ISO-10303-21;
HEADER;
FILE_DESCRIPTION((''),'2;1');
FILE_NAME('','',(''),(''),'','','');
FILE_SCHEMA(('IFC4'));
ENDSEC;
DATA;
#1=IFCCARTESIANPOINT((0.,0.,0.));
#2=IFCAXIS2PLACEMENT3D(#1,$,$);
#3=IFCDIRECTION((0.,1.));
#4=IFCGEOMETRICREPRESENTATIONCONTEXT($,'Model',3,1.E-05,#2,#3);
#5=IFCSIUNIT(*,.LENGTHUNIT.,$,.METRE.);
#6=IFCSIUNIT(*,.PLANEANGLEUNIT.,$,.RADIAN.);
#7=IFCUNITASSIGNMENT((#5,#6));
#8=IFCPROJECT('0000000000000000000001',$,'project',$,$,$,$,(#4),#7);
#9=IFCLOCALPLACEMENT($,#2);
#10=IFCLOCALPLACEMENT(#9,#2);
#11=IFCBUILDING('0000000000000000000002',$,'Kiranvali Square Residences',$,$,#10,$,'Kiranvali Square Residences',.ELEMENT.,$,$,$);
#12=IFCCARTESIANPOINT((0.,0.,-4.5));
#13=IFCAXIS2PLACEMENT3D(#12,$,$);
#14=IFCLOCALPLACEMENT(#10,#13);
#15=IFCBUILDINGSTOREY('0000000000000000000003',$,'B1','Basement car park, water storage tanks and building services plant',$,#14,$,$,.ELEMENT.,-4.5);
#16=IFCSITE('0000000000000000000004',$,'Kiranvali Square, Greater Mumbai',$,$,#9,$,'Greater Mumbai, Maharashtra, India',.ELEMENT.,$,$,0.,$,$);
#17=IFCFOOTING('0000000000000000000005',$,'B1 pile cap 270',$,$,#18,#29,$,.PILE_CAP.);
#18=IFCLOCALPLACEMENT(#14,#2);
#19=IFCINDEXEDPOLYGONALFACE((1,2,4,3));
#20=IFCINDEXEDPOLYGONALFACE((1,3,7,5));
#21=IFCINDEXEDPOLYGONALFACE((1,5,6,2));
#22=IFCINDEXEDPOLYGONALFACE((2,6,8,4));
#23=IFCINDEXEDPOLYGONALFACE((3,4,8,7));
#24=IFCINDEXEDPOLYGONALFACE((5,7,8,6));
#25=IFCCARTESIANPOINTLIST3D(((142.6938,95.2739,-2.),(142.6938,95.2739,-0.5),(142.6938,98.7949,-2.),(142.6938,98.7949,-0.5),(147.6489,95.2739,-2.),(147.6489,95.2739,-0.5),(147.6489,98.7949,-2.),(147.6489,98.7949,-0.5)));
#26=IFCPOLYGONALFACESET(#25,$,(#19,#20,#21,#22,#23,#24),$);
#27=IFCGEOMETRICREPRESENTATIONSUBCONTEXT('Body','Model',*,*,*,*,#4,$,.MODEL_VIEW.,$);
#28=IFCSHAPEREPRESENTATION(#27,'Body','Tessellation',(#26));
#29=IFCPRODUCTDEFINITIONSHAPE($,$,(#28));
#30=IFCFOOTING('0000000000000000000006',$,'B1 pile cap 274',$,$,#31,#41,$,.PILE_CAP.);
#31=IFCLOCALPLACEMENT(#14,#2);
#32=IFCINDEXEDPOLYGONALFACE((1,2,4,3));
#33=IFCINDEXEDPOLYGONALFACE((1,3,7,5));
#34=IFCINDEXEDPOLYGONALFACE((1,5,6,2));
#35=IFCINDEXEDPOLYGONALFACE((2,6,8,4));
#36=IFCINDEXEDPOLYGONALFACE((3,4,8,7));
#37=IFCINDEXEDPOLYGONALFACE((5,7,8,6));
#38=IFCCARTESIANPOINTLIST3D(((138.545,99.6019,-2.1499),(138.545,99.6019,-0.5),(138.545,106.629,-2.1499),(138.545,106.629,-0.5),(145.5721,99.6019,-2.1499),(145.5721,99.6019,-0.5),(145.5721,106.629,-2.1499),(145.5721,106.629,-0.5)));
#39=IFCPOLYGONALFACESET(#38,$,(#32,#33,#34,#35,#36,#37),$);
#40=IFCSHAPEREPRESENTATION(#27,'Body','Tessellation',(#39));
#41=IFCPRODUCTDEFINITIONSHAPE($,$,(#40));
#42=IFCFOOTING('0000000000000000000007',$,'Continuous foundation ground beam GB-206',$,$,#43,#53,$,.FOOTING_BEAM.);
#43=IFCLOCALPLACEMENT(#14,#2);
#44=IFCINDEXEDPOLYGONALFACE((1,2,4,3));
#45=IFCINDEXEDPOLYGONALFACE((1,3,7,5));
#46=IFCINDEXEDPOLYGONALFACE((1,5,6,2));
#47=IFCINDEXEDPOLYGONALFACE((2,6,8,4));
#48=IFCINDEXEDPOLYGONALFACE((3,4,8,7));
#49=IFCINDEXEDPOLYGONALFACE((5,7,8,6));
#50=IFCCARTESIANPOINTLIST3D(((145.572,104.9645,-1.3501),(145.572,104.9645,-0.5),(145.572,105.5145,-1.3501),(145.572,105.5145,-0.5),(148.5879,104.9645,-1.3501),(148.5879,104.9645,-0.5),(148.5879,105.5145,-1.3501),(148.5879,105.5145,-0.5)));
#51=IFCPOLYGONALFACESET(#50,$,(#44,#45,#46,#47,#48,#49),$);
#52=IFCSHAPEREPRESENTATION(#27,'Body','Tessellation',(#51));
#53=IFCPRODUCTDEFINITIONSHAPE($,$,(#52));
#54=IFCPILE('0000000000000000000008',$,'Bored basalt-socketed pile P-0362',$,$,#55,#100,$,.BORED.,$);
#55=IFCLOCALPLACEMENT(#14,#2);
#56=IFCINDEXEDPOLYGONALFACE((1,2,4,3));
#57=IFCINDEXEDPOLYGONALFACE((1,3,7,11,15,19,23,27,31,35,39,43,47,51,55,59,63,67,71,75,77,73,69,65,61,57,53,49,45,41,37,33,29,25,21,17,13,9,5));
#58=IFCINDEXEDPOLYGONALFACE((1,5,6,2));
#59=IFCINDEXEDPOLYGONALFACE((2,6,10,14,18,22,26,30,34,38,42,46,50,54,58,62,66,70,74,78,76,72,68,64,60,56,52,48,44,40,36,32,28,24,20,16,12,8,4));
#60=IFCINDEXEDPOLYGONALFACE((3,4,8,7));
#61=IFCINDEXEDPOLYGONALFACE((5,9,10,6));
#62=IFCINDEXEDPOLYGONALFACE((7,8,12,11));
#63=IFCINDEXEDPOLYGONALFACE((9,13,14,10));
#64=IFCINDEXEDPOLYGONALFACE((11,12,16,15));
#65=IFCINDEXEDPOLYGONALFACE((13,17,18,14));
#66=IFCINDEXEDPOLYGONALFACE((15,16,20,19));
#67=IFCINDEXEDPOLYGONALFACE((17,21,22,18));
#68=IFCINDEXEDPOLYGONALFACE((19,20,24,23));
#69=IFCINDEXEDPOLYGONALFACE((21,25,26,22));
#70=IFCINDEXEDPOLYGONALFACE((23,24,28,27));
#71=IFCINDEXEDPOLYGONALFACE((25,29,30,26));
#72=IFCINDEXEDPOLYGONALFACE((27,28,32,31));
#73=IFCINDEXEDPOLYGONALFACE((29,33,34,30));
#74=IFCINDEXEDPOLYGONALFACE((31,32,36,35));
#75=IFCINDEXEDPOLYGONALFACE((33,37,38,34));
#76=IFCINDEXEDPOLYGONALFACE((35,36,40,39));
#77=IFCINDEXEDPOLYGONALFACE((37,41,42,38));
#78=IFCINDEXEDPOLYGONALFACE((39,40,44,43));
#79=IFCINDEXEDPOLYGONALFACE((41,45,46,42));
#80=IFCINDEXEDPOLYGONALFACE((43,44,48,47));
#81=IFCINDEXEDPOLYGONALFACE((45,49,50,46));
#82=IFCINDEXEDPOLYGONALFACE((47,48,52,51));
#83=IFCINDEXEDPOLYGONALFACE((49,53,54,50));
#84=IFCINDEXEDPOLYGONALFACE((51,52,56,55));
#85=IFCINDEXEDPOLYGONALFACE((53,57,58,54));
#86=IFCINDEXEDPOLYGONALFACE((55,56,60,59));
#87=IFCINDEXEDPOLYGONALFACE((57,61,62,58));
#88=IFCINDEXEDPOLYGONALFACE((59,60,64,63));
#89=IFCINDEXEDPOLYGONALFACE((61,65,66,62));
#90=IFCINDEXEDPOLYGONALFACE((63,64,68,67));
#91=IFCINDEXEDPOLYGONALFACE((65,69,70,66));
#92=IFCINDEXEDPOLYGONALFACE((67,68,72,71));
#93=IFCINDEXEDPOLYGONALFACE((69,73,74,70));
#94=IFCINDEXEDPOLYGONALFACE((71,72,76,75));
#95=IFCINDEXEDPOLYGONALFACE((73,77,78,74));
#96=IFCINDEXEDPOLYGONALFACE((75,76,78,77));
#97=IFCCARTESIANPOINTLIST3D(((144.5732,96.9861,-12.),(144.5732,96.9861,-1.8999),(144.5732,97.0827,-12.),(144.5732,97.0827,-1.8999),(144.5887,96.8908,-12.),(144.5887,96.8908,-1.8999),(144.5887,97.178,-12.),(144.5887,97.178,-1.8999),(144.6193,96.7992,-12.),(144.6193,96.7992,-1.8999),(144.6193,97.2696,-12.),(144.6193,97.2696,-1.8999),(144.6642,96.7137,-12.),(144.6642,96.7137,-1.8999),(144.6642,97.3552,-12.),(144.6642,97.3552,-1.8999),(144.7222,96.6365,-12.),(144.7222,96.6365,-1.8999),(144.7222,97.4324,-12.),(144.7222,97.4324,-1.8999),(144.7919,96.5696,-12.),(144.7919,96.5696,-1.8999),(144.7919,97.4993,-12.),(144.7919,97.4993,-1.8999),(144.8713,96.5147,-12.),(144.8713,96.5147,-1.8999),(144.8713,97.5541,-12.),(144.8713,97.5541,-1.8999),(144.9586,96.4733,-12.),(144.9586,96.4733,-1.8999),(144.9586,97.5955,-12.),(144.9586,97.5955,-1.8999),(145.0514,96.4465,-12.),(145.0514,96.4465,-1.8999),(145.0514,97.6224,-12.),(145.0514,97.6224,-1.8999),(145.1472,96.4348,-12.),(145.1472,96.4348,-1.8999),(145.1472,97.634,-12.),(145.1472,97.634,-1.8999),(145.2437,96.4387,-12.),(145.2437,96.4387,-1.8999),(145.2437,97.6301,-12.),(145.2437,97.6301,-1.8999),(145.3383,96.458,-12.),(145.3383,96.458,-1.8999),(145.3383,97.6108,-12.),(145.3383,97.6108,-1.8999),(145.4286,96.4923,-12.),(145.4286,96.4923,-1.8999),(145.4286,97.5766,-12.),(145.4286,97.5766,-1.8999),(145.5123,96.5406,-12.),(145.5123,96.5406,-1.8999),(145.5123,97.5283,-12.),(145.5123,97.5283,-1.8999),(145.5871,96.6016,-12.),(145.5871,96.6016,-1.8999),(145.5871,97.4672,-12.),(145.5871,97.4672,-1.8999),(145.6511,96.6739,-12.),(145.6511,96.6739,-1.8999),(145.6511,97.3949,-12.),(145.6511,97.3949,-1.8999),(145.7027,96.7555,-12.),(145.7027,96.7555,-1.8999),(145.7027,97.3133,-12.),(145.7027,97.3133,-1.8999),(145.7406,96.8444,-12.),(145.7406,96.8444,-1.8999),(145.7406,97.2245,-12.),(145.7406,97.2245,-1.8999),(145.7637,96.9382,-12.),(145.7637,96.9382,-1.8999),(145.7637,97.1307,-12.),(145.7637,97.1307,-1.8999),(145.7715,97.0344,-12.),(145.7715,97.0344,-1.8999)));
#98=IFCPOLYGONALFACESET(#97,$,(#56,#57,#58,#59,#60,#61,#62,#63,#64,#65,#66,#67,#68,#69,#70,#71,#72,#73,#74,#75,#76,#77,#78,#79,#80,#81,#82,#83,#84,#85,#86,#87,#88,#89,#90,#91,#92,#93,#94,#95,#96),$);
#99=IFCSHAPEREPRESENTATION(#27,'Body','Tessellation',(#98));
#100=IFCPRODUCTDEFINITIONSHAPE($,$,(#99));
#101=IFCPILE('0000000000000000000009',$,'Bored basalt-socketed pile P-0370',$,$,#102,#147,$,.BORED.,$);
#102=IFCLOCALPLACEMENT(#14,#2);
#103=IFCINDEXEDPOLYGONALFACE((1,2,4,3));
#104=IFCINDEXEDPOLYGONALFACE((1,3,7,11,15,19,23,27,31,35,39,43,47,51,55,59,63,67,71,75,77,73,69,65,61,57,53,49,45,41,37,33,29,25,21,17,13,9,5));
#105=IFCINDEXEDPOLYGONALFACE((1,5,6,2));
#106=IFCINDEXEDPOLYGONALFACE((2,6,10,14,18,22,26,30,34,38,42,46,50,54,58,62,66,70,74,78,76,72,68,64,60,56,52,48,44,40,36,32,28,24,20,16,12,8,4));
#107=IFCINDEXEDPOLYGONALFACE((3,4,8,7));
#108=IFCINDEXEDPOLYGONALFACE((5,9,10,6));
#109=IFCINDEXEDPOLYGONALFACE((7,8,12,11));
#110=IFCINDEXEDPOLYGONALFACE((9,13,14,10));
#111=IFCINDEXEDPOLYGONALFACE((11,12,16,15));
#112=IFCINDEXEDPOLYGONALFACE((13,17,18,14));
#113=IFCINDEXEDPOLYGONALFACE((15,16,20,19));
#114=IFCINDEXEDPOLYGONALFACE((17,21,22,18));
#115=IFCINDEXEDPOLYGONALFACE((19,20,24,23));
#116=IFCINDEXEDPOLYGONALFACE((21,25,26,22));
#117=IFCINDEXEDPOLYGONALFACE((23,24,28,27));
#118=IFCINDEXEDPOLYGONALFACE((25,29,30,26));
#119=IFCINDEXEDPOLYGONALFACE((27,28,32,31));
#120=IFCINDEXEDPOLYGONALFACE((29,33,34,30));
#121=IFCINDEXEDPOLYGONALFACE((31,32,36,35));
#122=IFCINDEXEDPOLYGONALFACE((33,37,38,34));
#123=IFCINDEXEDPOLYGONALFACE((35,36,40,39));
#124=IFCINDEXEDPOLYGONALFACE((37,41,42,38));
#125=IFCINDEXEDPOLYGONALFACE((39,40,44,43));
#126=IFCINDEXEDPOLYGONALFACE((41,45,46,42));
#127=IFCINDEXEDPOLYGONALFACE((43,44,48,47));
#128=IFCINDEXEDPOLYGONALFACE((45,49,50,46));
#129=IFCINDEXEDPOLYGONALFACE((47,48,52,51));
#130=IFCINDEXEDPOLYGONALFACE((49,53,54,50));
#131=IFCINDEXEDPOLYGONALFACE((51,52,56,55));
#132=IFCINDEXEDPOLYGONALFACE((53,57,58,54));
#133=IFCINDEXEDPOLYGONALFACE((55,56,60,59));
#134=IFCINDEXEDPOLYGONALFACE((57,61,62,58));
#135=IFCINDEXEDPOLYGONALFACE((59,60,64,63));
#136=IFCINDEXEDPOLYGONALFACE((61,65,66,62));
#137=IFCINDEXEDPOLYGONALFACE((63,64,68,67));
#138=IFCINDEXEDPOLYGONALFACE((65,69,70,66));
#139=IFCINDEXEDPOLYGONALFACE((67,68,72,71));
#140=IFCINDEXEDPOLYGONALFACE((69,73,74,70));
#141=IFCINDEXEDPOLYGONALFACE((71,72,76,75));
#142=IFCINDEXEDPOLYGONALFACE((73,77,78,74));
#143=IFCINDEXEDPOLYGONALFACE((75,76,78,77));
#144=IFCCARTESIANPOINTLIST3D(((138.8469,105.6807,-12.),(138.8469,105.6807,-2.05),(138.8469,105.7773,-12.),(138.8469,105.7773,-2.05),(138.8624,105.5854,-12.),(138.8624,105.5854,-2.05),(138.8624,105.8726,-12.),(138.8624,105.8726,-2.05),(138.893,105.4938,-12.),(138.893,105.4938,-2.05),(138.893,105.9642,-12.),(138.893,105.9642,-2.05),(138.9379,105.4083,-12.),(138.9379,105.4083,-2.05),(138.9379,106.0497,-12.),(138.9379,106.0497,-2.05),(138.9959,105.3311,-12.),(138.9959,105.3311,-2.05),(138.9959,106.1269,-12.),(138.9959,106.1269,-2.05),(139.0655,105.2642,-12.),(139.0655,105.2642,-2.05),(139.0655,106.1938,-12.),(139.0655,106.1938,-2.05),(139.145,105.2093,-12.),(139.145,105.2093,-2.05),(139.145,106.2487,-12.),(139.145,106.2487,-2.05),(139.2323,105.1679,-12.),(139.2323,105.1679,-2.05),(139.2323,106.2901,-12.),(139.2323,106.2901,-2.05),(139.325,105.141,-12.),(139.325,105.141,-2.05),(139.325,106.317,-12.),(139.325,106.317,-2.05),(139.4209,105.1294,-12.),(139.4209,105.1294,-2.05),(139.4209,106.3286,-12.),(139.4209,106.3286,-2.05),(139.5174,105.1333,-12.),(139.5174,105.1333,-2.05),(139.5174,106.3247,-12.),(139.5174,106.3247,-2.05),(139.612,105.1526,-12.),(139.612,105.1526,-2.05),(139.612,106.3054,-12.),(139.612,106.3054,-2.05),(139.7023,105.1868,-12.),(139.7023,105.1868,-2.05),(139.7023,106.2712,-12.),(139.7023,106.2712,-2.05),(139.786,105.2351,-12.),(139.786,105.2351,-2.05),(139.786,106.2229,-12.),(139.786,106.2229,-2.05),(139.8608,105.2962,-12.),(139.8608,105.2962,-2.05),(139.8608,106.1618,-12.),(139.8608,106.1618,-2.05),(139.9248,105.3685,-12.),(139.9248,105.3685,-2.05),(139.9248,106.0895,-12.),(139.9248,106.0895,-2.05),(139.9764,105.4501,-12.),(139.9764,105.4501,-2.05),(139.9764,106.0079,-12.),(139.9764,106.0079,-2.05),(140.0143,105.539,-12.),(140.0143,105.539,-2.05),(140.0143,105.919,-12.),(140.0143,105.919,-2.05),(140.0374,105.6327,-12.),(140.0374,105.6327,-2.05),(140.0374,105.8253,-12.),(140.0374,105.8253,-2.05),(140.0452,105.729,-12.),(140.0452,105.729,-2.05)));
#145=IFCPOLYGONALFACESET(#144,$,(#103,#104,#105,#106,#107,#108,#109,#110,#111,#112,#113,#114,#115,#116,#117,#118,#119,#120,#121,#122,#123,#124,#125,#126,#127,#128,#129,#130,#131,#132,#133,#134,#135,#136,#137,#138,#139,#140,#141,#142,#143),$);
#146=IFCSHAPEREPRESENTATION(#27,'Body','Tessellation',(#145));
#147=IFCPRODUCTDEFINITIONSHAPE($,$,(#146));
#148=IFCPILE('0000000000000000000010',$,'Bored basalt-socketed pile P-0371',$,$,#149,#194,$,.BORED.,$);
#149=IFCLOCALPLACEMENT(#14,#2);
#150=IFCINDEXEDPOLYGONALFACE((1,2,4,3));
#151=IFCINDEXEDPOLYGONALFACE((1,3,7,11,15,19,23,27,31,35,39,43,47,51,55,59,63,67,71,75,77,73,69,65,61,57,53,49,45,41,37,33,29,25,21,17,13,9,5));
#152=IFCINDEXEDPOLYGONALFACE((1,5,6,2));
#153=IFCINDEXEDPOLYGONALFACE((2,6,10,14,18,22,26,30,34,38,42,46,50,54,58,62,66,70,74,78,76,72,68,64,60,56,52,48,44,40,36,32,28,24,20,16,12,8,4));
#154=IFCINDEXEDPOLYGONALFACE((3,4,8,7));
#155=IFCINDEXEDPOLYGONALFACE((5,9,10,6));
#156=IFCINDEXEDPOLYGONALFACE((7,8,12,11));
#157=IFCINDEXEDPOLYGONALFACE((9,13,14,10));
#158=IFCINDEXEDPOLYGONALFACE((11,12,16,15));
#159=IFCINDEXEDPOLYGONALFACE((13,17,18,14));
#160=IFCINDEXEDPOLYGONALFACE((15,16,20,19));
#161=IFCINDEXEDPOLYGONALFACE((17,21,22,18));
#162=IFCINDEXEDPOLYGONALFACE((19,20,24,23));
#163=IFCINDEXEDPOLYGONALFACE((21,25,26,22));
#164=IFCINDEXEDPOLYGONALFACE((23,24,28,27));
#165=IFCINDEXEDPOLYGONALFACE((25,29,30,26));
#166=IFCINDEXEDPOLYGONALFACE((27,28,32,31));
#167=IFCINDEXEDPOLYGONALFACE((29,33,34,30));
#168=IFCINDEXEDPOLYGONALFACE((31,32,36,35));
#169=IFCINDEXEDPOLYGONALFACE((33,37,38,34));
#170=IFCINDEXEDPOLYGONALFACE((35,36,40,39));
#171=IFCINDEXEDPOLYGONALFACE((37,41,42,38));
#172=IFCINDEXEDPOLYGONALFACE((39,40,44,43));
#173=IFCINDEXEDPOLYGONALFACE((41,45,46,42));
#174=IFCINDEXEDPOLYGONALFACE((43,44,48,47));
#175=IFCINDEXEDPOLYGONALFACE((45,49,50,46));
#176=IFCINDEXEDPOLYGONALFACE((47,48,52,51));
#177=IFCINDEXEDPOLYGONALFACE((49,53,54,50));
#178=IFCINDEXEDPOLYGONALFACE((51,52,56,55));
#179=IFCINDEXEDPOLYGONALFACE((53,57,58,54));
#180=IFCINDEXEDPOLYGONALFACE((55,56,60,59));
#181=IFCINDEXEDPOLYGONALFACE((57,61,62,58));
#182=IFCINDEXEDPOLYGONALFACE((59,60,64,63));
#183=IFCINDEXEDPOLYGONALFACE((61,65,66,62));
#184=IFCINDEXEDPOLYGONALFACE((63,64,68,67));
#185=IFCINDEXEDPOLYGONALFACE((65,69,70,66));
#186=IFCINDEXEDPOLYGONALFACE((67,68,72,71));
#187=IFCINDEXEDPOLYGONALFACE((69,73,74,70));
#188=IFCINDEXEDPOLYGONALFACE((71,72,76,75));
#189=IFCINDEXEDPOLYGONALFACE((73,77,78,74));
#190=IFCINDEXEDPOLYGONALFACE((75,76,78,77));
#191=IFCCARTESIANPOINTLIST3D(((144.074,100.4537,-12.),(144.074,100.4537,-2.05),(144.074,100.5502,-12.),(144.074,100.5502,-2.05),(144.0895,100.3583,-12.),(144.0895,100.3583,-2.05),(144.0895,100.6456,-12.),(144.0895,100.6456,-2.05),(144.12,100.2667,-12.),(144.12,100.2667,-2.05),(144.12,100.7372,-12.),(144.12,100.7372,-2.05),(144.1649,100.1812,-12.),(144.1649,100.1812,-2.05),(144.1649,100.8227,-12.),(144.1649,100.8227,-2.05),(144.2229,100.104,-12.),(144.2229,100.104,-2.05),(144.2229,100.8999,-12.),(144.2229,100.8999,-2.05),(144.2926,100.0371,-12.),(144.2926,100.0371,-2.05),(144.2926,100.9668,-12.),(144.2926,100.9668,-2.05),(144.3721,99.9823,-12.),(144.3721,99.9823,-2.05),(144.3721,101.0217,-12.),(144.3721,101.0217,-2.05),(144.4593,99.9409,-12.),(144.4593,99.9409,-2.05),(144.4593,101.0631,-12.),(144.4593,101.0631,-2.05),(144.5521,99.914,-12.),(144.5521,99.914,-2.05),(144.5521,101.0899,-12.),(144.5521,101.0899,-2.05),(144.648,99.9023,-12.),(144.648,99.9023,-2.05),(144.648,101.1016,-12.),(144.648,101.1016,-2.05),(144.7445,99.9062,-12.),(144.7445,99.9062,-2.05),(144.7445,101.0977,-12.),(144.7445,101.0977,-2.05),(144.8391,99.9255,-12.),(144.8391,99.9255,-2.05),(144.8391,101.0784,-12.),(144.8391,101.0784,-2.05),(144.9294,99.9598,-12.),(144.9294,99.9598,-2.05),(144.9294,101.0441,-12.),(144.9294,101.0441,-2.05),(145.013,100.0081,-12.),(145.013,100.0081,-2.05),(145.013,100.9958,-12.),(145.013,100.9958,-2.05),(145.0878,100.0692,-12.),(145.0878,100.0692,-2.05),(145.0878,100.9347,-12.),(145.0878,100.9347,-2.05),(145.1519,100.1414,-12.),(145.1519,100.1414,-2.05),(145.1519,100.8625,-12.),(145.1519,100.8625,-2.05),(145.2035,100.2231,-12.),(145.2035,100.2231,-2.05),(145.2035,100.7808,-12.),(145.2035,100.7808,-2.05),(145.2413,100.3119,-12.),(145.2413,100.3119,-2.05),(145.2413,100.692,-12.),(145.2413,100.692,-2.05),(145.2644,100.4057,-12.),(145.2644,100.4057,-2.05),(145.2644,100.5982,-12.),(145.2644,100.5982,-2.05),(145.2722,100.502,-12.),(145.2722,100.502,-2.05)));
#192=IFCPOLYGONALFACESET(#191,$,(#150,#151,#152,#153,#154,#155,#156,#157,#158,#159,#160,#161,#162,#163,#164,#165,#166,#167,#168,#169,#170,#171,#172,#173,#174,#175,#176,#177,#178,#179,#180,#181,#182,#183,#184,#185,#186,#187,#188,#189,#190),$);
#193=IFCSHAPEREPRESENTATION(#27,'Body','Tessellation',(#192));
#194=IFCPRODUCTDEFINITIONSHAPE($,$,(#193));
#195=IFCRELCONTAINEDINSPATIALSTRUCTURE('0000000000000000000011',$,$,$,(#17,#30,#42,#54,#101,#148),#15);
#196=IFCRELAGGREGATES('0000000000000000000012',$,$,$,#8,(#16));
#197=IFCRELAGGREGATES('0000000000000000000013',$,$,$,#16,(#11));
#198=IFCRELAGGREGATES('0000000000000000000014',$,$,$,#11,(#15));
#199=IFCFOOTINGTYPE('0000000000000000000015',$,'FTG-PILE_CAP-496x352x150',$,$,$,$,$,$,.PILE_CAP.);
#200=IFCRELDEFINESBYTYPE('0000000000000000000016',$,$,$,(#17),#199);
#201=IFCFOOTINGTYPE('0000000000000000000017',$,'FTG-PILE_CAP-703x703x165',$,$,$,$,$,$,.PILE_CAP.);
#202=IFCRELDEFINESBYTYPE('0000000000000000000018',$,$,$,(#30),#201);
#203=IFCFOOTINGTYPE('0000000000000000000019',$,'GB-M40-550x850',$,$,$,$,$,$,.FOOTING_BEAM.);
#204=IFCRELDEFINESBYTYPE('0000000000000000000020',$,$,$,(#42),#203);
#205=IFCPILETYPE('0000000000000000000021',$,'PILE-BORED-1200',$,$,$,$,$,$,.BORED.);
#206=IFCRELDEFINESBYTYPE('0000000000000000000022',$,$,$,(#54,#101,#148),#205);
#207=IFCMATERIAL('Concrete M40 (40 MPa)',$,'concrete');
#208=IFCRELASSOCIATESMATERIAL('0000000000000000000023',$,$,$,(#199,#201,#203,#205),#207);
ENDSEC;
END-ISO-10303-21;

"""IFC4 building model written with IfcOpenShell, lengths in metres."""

from ifc_helpers import new_model, si_unit, direction, frame, origin, origin_2d, place, context, subcontext, project, spatial, rectangle, circle, extrude, material, material_profile, profile_set, type_object, element, save


model = new_model("IFC4")

# Units and contexts
model_context = context("Model", 3, precision=1e-05, world=origin(), true_north=direction((0.0, 1.0)))
body_context = subcontext(model_context, "Body", "Model", "MODEL_VIEW")
ifc_project = project(units=[si_unit("LENGTHUNIT", "METRE"), si_unit("PLANEANGLEUNIT", "RADIAN")], contexts=[model_context])

# Site, building, storey
site_placement = place(None, origin())
site = spatial("IfcSite", under=ifc_project, at=site_placement, Name="Kiranvali Square, Greater Mumbai", LongName="Greater Mumbai, Maharashtra, India", CompositionType="ELEMENT", RefElevation=0.0)
building_placement = place(site_placement, origin())
building = spatial("IfcBuilding", under=site, at=building_placement, Name="Kiranvali Square Residences", LongName="Kiranvali Square Residences", CompositionType="ELEMENT")
storey_placement = place(building_placement, frame((0.0, 0.0, -4.5)))
storey = spatial("IfcBuildingStorey", under=building, at=storey_placement, Name="B1", Description="Basement car park, water storage tanks and building services plant", CompositionType="ELEMENT", Elevation=-4.5)

# Footings
ifc_material_1 = material(Name="Concrete M40 (40 MPa)", Category="concrete")
footing_type_1 = type_object("IfcFootingType", Name="FTG-PILE_CAP-496x352x150", PredefinedType="PILE_CAP", material=ifc_material_1)
footing_1_placement = place(storey_placement, frame((145.1714, 97.0344, -2.0), z_axis=(0.0, 0.0, 1.0), x_axis=(1.0, 0.0, 0.0)))
element("IfcFooting", 1, at=footing_1_placement, inside=storey, type_object=footing_type_1, Name="B1 pile cap 270", PredefinedType="PILE_CAP", context=body_context, shape_type="SweptSolid", body=[
    extrude(rectangle(XDim=4.9551, YDim=3.521, at=origin_2d()), origin(), (0.0, 0.0, 1.0), 1.5),
])
footing_type_2 = type_object("IfcFootingType", Name="FTG-PILE_CAP-703x703x165", PredefinedType="PILE_CAP", material=ifc_material_1)
footing_2_placement = place(storey_placement, frame((142.0586, 103.1155, -2.1499), z_axis=(0.0, 0.0, 1.0), x_axis=(1.0, 0.0, 0.0)))
element("IfcFooting", 2, at=footing_2_placement, inside=storey, type_object=footing_type_2, Name="B1 pile cap 274", PredefinedType="PILE_CAP", context=body_context, shape_type="SweptSolid", body=[
    extrude(rectangle(XDim=7.0271, YDim=7.0271, at=origin_2d()), origin(), (0.0, 0.0, 1.0), 1.6499),
])
ifc_material_profile_1 = material_profile(ifc_material_1, rectangle(XDim=0.55, YDim=0.8501, at=origin_2d()), Name="GB 550x850")
ifc_profile_set_1 = profile_set([ifc_material_profile_1], Name="Concrete M40 (40 MPa)")
footing_type_3 = type_object("IfcFootingType", Name="GB-M40-550x850", PredefinedType="FOOTING_BEAM", material=ifc_profile_set_1)
footing_3_placement = place(storey_placement, frame((145.572, 105.2395, -0.925), z_axis=(1.0, 0.0, 0.0), x_axis=(0.0, 1.0, 0.0)))
element("IfcFooting", 3, at=footing_3_placement, inside=storey, type_object=footing_type_3, Name="Continuous foundation ground beam GB-206", PredefinedType="FOOTING_BEAM", context=body_context, shape_type="SweptSolid", body=[
    extrude(rectangle(XDim=0.55, YDim=0.8501, at=origin_2d()), origin(), (0.0, 0.0, 1.0), 3.0159),
])

# Piles
ifc_material_profile_2 = material_profile(ifc_material_1, circle(Radius=0.6001, at=origin_2d()), Name="BORED PILE 1200")
ifc_profile_set_2 = profile_set([ifc_material_profile_2], Name="Concrete M40 (40 MPa)")
pile_type = type_object("IfcPileType", Name="PILE-BORED-1200", PredefinedType="BORED", material=ifc_profile_set_2)
pile_placement = place(storey_placement, frame((145.1714, 97.0344, -1.8999), z_axis=(0.0, 0.0, -1.0), x_axis=(1.0, 0.0, 0.0)))
element("IfcPile", 4, at=pile_placement, inside=storey, type_object=pile_type, Name="Bored basalt-socketed pile P-0362", PredefinedType="BORED", context=body_context, shape_type="SweptSolid", body=[
    extrude(circle(Radius=0.6001, at=origin_2d()), origin(), (0.0, 0.0, 1.0), 10.1001),
])
for number, where, z_axis, x_axis, name in (
    (5, (139.4451, 105.729, -2.05), (0.0, 0.0, -1.0), (1.0, 0.0, 0.0), "Bored basalt-socketed pile P-0370"),
    (6, (144.6721, 100.502, -2.05), (0.0, 0.0, -1.0), (1.0, 0.0, 0.0), "Bored basalt-socketed pile P-0371"),
):
    element("IfcPile", number, at=place(storey_placement, frame(where, z_axis=z_axis, x_axis=x_axis)), inside=storey, type_object=pile_type, Name=name, PredefinedType="BORED", context=body_context, shape_type="SweptSolid", body=[
        extrude(circle(Radius=0.6001, at=origin_2d()), origin(), (0.0, 0.0, 1.0), 9.95),
    ])

save(model, "model.ifc")
